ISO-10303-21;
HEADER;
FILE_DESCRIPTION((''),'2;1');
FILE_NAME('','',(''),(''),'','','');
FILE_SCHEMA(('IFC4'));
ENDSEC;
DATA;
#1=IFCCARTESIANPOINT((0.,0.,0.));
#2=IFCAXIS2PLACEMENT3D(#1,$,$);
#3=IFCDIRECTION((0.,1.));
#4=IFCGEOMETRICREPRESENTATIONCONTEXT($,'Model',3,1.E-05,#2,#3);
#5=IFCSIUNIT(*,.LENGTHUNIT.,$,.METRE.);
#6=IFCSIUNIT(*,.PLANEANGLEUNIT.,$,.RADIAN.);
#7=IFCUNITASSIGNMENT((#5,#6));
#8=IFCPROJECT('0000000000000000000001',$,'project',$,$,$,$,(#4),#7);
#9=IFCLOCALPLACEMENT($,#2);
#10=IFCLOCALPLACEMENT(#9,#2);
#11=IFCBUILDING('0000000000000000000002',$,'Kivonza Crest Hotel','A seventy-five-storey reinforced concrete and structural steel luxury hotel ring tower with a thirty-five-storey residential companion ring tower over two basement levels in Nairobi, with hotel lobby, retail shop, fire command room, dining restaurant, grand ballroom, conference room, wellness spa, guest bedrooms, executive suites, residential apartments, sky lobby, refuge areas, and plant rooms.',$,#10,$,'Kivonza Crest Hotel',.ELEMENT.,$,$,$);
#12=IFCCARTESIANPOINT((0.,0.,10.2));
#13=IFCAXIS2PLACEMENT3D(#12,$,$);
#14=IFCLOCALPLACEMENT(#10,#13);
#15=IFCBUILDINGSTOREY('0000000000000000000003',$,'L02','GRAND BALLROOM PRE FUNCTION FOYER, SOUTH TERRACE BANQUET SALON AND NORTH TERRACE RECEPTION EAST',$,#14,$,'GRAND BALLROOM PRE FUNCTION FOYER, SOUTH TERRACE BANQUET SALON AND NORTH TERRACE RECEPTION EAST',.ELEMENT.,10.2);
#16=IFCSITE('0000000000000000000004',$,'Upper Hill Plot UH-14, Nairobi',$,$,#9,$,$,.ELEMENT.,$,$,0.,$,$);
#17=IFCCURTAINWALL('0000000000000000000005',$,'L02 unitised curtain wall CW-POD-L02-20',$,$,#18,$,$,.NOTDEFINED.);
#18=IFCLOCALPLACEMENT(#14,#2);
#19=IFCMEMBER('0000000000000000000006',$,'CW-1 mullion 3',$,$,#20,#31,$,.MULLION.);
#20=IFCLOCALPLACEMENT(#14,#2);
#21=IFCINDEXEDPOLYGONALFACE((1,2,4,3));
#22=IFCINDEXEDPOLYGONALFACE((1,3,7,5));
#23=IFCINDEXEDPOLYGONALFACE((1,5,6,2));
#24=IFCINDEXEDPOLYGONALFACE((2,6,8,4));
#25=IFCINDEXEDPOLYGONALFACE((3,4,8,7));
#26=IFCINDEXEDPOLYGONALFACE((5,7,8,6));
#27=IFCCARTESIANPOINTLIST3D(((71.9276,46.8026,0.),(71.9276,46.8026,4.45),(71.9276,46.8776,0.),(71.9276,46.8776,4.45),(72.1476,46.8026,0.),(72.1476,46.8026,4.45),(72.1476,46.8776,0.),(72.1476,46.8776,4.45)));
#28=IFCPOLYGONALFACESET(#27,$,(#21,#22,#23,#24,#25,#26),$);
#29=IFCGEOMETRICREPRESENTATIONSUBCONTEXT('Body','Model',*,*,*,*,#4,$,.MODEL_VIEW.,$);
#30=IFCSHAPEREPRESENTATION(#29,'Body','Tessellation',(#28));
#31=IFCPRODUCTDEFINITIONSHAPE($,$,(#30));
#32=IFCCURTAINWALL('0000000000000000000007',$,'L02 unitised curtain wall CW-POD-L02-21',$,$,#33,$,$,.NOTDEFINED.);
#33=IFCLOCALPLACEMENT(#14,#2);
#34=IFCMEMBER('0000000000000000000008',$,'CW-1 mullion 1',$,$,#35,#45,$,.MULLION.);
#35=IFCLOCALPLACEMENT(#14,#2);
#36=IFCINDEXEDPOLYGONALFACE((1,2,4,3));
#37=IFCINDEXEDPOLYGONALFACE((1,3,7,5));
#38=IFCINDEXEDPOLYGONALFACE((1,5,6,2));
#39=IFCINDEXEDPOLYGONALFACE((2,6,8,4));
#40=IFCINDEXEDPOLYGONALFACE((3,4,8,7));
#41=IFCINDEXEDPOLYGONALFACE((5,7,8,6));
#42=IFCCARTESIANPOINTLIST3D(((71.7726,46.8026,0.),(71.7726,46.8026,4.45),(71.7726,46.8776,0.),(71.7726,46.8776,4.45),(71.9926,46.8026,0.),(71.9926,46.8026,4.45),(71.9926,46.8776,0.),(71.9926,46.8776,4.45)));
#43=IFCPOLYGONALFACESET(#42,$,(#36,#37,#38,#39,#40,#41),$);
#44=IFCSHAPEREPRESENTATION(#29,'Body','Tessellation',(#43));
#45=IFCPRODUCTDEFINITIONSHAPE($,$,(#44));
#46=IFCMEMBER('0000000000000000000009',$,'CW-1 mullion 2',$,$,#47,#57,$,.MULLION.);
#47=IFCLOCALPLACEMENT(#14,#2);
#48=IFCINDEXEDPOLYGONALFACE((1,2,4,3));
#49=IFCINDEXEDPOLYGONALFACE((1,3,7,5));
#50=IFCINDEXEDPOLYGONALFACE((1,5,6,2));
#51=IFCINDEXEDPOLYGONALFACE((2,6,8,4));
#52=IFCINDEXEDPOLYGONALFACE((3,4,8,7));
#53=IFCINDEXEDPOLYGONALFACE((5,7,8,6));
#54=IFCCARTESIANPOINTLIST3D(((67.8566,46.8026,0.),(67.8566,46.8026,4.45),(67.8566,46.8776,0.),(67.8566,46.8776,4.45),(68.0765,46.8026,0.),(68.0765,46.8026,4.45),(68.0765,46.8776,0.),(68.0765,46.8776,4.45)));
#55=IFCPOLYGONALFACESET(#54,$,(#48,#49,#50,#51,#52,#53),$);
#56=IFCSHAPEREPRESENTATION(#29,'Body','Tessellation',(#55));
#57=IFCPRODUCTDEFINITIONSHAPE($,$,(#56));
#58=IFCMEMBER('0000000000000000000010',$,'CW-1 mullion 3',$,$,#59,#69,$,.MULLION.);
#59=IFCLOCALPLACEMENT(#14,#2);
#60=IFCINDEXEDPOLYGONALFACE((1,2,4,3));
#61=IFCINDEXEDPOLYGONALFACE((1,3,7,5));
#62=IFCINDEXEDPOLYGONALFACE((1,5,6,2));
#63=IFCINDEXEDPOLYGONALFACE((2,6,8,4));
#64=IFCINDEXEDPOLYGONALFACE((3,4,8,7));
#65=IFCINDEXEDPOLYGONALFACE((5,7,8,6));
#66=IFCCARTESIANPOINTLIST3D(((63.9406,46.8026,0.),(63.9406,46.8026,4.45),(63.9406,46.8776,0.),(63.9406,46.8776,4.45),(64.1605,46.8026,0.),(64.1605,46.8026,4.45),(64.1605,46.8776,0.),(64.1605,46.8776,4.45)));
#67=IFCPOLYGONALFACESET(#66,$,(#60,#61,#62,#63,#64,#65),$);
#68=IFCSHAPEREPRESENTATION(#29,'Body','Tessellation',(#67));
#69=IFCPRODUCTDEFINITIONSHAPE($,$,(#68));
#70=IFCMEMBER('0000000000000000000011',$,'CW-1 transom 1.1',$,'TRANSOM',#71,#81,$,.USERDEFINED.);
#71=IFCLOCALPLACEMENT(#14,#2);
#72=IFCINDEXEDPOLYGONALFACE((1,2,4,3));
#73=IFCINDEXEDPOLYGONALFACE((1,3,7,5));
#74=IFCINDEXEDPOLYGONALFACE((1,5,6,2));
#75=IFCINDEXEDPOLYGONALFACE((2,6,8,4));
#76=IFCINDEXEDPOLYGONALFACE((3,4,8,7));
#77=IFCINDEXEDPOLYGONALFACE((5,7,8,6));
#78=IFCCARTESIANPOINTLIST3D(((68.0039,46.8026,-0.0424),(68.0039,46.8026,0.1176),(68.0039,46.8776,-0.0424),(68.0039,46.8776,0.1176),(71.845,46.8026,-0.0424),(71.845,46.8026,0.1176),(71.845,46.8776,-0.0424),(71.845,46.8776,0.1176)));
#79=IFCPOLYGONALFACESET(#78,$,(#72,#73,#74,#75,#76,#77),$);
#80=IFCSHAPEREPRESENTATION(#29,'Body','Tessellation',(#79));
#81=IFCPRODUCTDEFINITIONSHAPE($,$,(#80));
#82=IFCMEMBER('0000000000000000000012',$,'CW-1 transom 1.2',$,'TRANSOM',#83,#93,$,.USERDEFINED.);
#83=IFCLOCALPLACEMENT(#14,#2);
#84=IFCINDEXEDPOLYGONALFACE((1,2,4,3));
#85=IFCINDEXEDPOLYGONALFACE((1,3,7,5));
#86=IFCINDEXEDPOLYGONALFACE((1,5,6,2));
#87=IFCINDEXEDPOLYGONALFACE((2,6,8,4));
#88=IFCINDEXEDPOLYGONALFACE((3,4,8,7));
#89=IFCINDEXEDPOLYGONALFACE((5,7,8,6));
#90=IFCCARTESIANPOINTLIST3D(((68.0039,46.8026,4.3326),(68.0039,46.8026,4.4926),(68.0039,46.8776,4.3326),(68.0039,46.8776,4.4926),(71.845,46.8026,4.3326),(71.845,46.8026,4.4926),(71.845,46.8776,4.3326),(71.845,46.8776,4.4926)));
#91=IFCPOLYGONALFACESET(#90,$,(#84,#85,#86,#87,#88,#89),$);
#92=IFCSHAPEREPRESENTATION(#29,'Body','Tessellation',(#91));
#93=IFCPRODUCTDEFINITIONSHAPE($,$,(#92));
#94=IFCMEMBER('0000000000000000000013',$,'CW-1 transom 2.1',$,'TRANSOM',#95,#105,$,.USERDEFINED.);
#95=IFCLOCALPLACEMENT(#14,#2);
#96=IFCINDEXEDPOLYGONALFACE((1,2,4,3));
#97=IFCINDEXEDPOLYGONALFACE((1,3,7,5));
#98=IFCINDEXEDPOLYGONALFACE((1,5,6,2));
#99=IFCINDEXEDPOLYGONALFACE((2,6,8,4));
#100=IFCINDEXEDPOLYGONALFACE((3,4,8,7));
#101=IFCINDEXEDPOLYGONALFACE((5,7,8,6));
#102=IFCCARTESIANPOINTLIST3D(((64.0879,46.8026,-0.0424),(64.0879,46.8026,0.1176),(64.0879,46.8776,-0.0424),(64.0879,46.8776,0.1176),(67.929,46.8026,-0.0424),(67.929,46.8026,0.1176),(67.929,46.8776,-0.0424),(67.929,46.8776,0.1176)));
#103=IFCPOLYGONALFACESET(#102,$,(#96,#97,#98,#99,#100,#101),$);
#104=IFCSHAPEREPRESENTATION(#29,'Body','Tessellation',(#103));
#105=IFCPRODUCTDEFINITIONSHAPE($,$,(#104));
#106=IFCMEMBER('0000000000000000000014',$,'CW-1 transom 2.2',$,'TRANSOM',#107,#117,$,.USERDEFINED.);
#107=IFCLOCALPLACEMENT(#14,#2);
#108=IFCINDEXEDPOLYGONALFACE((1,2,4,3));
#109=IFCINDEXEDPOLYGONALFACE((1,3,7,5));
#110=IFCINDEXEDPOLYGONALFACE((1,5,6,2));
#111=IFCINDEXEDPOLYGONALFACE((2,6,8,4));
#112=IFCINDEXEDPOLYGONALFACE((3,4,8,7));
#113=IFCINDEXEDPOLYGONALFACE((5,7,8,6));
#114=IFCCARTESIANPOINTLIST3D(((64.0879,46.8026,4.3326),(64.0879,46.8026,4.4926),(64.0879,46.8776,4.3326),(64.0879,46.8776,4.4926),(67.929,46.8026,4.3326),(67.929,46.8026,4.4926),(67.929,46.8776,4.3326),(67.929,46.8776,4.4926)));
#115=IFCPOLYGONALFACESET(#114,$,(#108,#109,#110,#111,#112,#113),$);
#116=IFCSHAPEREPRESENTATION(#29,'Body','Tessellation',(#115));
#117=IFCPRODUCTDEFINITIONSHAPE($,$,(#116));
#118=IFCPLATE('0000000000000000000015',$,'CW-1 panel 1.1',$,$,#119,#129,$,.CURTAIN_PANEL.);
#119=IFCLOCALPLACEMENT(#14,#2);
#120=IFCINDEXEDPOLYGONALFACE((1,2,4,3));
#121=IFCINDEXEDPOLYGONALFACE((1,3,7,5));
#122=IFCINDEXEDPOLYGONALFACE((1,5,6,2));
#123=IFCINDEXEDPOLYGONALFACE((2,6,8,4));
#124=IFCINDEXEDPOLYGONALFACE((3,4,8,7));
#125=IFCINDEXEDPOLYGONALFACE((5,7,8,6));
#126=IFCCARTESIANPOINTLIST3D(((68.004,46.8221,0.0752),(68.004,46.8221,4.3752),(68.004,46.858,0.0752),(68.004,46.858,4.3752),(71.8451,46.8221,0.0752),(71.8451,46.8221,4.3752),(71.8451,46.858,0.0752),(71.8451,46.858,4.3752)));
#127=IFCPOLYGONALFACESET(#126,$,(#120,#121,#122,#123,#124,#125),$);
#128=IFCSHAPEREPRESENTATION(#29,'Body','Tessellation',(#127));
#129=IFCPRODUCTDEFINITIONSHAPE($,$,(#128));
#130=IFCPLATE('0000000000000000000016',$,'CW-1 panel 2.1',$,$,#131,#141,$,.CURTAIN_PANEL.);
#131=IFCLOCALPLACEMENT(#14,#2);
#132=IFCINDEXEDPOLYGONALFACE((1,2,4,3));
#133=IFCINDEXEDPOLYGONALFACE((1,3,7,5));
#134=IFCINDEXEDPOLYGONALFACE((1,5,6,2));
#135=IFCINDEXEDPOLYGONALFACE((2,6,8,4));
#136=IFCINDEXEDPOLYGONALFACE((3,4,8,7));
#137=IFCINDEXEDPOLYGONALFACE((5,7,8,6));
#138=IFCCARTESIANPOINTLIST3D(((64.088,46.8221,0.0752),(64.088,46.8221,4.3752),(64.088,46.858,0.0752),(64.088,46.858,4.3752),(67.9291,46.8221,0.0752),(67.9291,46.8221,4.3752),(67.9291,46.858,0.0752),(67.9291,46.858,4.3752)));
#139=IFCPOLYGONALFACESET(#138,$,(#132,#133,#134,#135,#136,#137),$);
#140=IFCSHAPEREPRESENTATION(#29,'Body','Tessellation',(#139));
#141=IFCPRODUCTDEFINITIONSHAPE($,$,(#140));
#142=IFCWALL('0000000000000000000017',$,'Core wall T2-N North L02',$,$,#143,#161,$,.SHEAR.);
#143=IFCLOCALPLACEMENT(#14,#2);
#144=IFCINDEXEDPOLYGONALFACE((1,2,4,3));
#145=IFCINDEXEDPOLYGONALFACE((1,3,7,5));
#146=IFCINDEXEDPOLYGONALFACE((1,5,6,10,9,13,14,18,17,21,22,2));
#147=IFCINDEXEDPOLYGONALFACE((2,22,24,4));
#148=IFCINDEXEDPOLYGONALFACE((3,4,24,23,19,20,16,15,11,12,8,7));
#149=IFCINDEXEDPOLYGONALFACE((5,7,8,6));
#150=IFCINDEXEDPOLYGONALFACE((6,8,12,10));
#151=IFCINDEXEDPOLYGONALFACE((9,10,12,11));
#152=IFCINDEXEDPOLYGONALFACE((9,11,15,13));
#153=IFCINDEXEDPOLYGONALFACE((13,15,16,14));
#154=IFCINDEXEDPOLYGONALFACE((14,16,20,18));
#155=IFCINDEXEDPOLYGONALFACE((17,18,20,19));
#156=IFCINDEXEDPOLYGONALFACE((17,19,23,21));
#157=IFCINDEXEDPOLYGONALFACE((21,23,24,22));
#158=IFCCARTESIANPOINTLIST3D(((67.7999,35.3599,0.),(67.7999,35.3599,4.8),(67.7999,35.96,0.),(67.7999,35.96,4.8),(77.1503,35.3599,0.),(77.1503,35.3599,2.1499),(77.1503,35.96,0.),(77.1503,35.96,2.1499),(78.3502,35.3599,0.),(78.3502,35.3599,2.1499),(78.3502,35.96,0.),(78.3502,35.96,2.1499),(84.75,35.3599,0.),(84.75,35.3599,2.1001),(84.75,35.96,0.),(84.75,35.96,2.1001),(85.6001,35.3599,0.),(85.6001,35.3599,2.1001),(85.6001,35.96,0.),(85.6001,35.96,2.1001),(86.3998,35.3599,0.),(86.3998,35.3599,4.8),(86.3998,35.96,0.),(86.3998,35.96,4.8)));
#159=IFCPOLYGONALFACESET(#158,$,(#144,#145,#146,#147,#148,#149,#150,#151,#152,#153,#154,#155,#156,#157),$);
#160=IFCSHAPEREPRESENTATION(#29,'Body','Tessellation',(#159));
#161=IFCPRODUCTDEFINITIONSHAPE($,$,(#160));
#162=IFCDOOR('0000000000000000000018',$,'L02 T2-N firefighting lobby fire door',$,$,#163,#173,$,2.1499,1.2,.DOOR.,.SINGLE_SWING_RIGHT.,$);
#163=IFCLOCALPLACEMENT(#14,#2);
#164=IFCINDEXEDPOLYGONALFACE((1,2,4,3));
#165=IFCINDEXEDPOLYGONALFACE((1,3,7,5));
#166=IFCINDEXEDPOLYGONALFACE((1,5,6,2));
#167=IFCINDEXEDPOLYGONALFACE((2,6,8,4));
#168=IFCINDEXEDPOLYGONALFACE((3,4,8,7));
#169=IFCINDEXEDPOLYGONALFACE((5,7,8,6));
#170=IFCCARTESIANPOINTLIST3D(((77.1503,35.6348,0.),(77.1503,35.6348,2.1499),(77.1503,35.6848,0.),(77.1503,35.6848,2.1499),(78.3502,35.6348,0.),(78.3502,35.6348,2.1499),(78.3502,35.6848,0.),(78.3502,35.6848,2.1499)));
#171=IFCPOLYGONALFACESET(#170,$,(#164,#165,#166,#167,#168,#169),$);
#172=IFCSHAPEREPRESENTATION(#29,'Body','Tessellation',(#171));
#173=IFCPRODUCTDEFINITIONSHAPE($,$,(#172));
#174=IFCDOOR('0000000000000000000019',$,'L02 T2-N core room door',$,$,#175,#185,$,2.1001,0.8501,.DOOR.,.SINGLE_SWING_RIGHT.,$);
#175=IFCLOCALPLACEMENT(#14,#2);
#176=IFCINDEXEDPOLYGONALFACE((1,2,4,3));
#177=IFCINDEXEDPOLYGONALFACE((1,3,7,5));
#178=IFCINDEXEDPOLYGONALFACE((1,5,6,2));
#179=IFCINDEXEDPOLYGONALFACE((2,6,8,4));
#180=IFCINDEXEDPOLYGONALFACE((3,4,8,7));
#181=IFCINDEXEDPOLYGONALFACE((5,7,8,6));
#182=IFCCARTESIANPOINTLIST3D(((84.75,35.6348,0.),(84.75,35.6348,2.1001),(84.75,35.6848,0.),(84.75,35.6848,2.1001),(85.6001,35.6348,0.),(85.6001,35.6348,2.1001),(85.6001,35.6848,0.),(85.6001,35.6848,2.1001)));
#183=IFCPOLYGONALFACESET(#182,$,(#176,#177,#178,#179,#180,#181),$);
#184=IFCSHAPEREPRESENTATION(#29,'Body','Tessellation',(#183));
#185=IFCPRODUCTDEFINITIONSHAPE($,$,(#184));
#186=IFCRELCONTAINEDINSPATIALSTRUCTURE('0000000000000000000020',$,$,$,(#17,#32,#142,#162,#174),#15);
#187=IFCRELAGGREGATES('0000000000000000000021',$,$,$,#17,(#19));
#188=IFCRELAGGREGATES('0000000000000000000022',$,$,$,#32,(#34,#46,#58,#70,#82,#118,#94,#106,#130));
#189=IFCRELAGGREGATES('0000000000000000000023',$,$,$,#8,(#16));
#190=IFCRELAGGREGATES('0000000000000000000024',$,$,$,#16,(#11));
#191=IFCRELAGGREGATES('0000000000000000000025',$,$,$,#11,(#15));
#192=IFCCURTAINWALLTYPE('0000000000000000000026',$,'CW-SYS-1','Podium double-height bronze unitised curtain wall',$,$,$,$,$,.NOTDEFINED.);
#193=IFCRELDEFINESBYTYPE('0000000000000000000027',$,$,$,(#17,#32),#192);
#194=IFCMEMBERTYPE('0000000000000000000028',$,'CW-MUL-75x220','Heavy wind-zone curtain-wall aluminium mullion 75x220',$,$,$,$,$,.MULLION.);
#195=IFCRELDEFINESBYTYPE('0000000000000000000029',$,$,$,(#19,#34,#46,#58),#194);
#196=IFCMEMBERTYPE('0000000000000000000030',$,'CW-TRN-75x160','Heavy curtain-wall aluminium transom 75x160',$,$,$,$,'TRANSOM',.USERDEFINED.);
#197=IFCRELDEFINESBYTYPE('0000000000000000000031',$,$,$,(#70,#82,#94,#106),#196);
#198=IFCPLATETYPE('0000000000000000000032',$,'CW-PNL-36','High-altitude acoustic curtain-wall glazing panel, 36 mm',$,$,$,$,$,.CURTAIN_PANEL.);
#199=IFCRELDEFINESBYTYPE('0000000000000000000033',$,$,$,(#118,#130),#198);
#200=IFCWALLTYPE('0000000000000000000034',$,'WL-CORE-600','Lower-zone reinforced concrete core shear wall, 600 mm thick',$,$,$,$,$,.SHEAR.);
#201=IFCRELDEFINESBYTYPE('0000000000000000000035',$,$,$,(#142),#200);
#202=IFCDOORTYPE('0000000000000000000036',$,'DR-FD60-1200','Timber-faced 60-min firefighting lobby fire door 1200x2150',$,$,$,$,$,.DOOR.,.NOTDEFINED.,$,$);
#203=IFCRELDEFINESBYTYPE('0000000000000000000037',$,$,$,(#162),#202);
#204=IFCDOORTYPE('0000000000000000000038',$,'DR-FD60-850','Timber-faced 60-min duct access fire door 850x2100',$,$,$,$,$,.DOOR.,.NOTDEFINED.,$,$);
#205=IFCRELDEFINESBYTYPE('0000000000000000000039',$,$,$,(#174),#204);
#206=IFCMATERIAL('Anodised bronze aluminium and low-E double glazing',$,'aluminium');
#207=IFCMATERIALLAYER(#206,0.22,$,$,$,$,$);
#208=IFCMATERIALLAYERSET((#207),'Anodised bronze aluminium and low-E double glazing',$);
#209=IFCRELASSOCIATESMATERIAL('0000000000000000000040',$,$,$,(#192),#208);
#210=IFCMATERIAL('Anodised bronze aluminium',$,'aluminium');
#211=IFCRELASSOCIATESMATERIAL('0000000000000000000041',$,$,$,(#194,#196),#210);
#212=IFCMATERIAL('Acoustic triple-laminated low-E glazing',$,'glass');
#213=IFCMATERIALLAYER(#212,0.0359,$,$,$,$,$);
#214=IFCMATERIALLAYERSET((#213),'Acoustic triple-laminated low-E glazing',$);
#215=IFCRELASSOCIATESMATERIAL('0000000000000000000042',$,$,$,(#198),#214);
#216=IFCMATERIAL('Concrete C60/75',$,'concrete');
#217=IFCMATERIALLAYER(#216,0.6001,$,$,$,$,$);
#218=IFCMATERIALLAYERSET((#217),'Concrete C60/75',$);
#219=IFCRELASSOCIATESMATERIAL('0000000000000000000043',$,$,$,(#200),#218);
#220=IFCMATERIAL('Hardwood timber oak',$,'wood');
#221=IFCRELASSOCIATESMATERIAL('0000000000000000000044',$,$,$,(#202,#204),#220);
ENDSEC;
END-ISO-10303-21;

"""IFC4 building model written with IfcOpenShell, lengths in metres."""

from ifc_helpers import new_model, si_unit, direction, frame, frame_2d, origin, origin_2d, place, context, subcontext, project, spatial, rectangle, extrude, material, layer, layer_set, material_profile, profile_set, type_object, element, fill, aggregate, save


model = new_model("IFC4")

# Units and contexts
model_context = context("Model", 3, precision=1e-05, world=origin(), true_north=direction((0.0, 1.0)))
body_context = subcontext(model_context, "Body", "Model", "MODEL_VIEW")
ifc_project = project(units=[si_unit("LENGTHUNIT", "METRE"), si_unit("PLANEANGLEUNIT", "RADIAN")], contexts=[model_context])

# Site, building, storey
site_placement = place(None, origin())
site = spatial("IfcSite", under=ifc_project, at=site_placement, Name="Upper Hill Plot UH-14, Nairobi", CompositionType="ELEMENT", RefElevation=0.0)
building_placement = place(site_placement, origin())
building = spatial("IfcBuilding", under=site, at=building_placement, Name="Kivonza Crest Hotel", Description="A seventy-five-storey reinforced concrete and structural steel luxury hotel ring tower with a thirty-five-storey residential companion ring tower over two basement levels in Nairobi, with hotel lobby, retail shop, fire command room, dining restaurant, grand ballroom, conference room, wellness spa, guest bedrooms, executive suites, residential apartments, sky lobby, refuge areas, and plant rooms.", LongName="Kivonza Crest Hotel", CompositionType="ELEMENT")
storey_placement = place(building_placement, frame((0.0, 0.0, 10.2)))
storey = spatial("IfcBuildingStorey", under=building, at=storey_placement, Name="L02", Description="GRAND BALLROOM PRE FUNCTION FOYER, SOUTH TERRACE BANQUET SALON AND NORTH TERRACE RECEPTION EAST", LongName="GRAND BALLROOM PRE FUNCTION FOYER, SOUTH TERRACE BANQUET SALON AND NORTH TERRACE RECEPTION EAST", CompositionType="ELEMENT", Elevation=10.2)

# Shared definitions
ifc_material_1 = material(Name="Concrete C60/75", Category="concrete")

# Curtain wall, member
ifc_material_2 = material(Name="Anodised bronze aluminium and low-E double glazing", Category="aluminium")
ifc_layer_1 = layer(ifc_material_2, 0.22)
ifc_layer_set_1 = layer_set([ifc_layer_1], Name="Anodised bronze aluminium and low-E double glazing")
curtain_wall_type = type_object("IfcCurtainWallType", Name="CW-SYS-1", Description="Podium double-height bronze unitised curtain wall", PredefinedType="NOTDEFINED", material=ifc_layer_set_1)
curtain_wall_1_placement = place(storey_placement, origin())
curtain_wall_1 = element("IfcCurtainWall", 1, at=curtain_wall_1_placement, inside=storey, type_object=curtain_wall_type, Name="L02 unitised curtain wall CW-POD-L02-20", PredefinedType="NOTDEFINED")
ifc_material_3 = material(Name="Anodised bronze aluminium", Category="aluminium")
ifc_material_profile_1 = material_profile(ifc_material_3, rectangle(XDim=0.075, YDim=0.22, at=origin_2d()), Name="CW-M 75x220")
ifc_profile_set_1 = profile_set([ifc_material_profile_1], Name="Anodised bronze aluminium")
member_type_1 = type_object("IfcMemberType", Name="CW-MUL-75x220", Description="Heavy wind-zone curtain-wall aluminium mullion 75x220", PredefinedType="MULLION", material=ifc_profile_set_1)
member_1_placement = place(storey_placement, frame((72.0376, 46.8401, 0.0), z_axis=(0.0, 0.0, 1.0), x_axis=(0.0, -1.0, 0.0)))
member_1 = element("IfcMember", 2, at=member_1_placement, type_object=member_type_1, Name="CW-1 mullion 3", PredefinedType="MULLION", context=body_context, shape_type="SweptSolid", body=[
    extrude(rectangle(XDim=0.075, YDim=0.22, at=origin_2d()), origin(), (0.0, 0.0, 1.0), 4.45),
])
aggregate(curtain_wall_1, [member_1])

# Curtain wall, members, plates
curtain_wall_2_placement = place(storey_placement, origin())
curtain_wall_2 = element("IfcCurtainWall", 3, at=curtain_wall_2_placement, inside=storey, type_object=curtain_wall_type, Name="L02 unitised curtain wall CW-POD-L02-21", PredefinedType="NOTDEFINED")
member_2_placement = place(storey_placement, frame((71.8826, 46.8401, 0.0), z_axis=(0.0, 0.0, 1.0), x_axis=(0.0, -1.0, 0.0)))
member_2 = element("IfcMember", 4, at=member_2_placement, type_object=member_type_1, Name="CW-1 mullion 1", PredefinedType="MULLION", context=body_context, shape_type="SweptSolid", body=[
    extrude(rectangle(XDim=0.075, YDim=0.22, at=origin_2d()), origin(), (0.0, 0.0, 1.0), 4.45),
])
member_3_placement = place(storey_placement, frame((67.9666, 46.8401, 0.0), z_axis=(0.0, 0.0, 1.0), x_axis=(0.0, -1.0, 0.0)))
member_3 = element("IfcMember", 5, at=member_3_placement, type_object=member_type_1, Name="CW-1 mullion 2", PredefinedType="MULLION", context=body_context, shape_type="SweptSolid", body=[
    extrude(rectangle(XDim=0.075, YDim=0.22, at=origin_2d()), origin(), (0.0, 0.0, 1.0), 4.45),
])
member_4_placement = place(storey_placement, frame((64.0505, 46.8401, 0.0), z_axis=(0.0, 0.0, 1.0), x_axis=(0.0, -1.0, 0.0)))
member_4 = element("IfcMember", 6, at=member_4_placement, type_object=member_type_1, Name="CW-1 mullion 3", PredefinedType="MULLION", context=body_context, shape_type="SweptSolid", body=[
    extrude(rectangle(XDim=0.075, YDim=0.22, at=origin_2d()), origin(), (0.0, 0.0, 1.0), 4.45),
])
ifc_material_profile_2 = material_profile(ifc_material_3, rectangle(XDim=0.075, YDim=0.1599, at=origin_2d()), Name="CW-T 75x160")
ifc_profile_set_2 = profile_set([ifc_material_profile_2], Name="Anodised bronze aluminium")
member_type_2 = type_object("IfcMemberType", Name="CW-TRN-75x160", Description="Heavy curtain-wall aluminium transom 75x160", ElementType="TRANSOM", PredefinedType="USERDEFINED", material=ifc_profile_set_2)
member_5_placement = place(storey_placement, frame((71.845, 46.8401, 0.0376), z_axis=(-1.0, 0.0, 0.0), x_axis=(0.0, -1.0, 0.0)))
member_5 = element("IfcMember", 7, at=member_5_placement, type_object=member_type_2, Name="CW-1 transom 1.1", ObjectType="TRANSOM", PredefinedType="USERDEFINED", context=body_context, shape_type="SweptSolid", body=[
    extrude(rectangle(XDim=0.075, YDim=0.1599, at=origin_2d()), origin(), (0.0, 0.0, 1.0), 3.8411),
])
member_6_placement = place(storey_placement, frame((71.845, 46.8401, 4.4126), z_axis=(-1.0, 0.0, 0.0), x_axis=(0.0, -1.0, 0.0)))
member_6 = element("IfcMember", 8, at=member_6_placement, type_object=member_type_2, Name="CW-1 transom 1.2", ObjectType="TRANSOM", PredefinedType="USERDEFINED", context=body_context, shape_type="SweptSolid", body=[
    extrude(rectangle(XDim=0.075, YDim=0.1599, at=origin_2d()), origin(), (0.0, 0.0, 1.0), 3.8411),
])
member_7_placement = place(storey_placement, frame((67.929, 46.8401, 0.0376), z_axis=(-1.0, 0.0, 0.0), x_axis=(0.0, -1.0, 0.0)))
member_7 = element("IfcMember", 9, at=member_7_placement, type_object=member_type_2, Name="CW-1 transom 2.1", ObjectType="TRANSOM", PredefinedType="USERDEFINED", context=body_context, shape_type="SweptSolid", body=[
    extrude(rectangle(XDim=0.075, YDim=0.1599, at=origin_2d()), origin(), (0.0, 0.0, 1.0), 3.8411),
])
member_8_placement = place(storey_placement, frame((67.929, 46.8401, 4.4126), z_axis=(-1.0, 0.0, 0.0), x_axis=(0.0, -1.0, 0.0)))
member_8 = element("IfcMember", 10, at=member_8_placement, type_object=member_type_2, Name="CW-1 transom 2.2", ObjectType="TRANSOM", PredefinedType="USERDEFINED", context=body_context, shape_type="SweptSolid", body=[
    extrude(rectangle(XDim=0.075, YDim=0.1599, at=origin_2d()), origin(), (0.0, 0.0, 1.0), 3.8411),
])
ifc_material_4 = material(Name="Acoustic triple-laminated low-E glazing", Category="glass")
ifc_layer_2 = layer(ifc_material_4, 0.0359)
ifc_layer_set_2 = layer_set([ifc_layer_2], Name="Acoustic triple-laminated low-E glazing")
plate_type = type_object("IfcPlateType", Name="CW-PNL-36", Description="High-altitude acoustic curtain-wall glazing panel, 36 mm", PredefinedType="CURTAIN_PANEL", material=ifc_layer_set_2)
plate_1_placement = place(storey_placement, frame((69.9246, 46.8401, 0.0752), z_axis=(0.0, 0.0, 1.0), x_axis=(-1.0, 0.0, 0.0)))
plate_1 = element("IfcPlate", 11, at=plate_1_placement, type_object=plate_type, Name="CW-1 panel 1.1", PredefinedType="CURTAIN_PANEL", context=body_context, shape_type="SweptSolid", body=[
    extrude(rectangle(XDim=3.8411, YDim=0.0359, at=origin_2d()), origin(), (0.0, 0.0, 1.0), 4.3),
])
plate_2_placement = place(storey_placement, frame((66.0085, 46.8401, 0.0752), z_axis=(0.0, 0.0, 1.0), x_axis=(-1.0, 0.0, 0.0)))
plate_2 = element("IfcPlate", 12, at=plate_2_placement, type_object=plate_type, Name="CW-1 panel 2.1", PredefinedType="CURTAIN_PANEL", context=body_context, shape_type="SweptSolid", body=[
    extrude(rectangle(XDim=3.8411, YDim=0.0359, at=origin_2d()), origin(), (0.0, 0.0, 1.0), 4.3),
])
aggregate(curtain_wall_2, [member_2, member_3, member_4, member_5, member_6, plate_1, member_7, member_8, plate_2])

# Wall, openings, doors
ifc_layer_3 = layer(ifc_material_1, 0.6001)
ifc_layer_set_3 = layer_set([ifc_layer_3], Name="Concrete C60/75")
wall_type_1 = type_object("IfcWallType", Name="WL-CORE-600", Description="Lower-zone reinforced concrete core shear wall, 600 mm thick", PredefinedType="SHEAR", material=ifc_layer_set_3)
wall_1_placement = place(storey_placement, frame((67.8, 35.6599, 0.0), z_axis=(0.0, 0.0, 1.0), x_axis=(1.0, 0.0, 0.0)))
wall_1 = element("IfcWall", 13, at=wall_1_placement, inside=storey, type_object=wall_type_1, Name="Core wall T2-N North L02", PredefinedType="SHEAR", context=body_context, shape_type="SweptSolid", body=[
    extrude(rectangle(XDim=18.5999, YDim=0.6001, at=frame_2d((9.2998, 0.0))), origin(), (0.0, 0.0, 1.0), 4.8),
])
opening_1_placement = place(wall_1_placement, frame((9.3501, 0.0, 0.0)))
opening_1 = element("IfcOpeningElement", 14, at=opening_1_placement, cuts=wall_1, PredefinedType="OPENING", context=body_context, shape_type="SweptSolid", body=[
    extrude(rectangle(XDim=1.2, YDim=2.1499, at=frame_2d((0.6001, 1.075))), frame((0.0, 0.3101, 0.0), z_axis=(0.0, -1.0, 0.0), x_axis=(1.0, 0.0, 0.0)), (0.0, 0.0, 1.0), 0.6201),
])
opening_2_placement = place(wall_1_placement, frame((16.95, 0.0, 0.0)))
opening_2 = element("IfcOpeningElement", 15, at=opening_2_placement, cuts=wall_1, PredefinedType="OPENING", context=body_context, shape_type="SweptSolid", body=[
    extrude(rectangle(XDim=0.8501, YDim=2.1001, at=frame_2d((0.425, 1.05))), frame((0.0, 0.3101, 0.0), z_axis=(0.0, -1.0, 0.0), x_axis=(1.0, 0.0, 0.0)), (0.0, 0.0, 1.0), 0.6201),
])
ifc_material_5 = material(Name="Hardwood timber oak", Category="wood")
door_type_1 = type_object("IfcDoorType", Name="DR-FD60-1200", Description="Timber-faced 60-min firefighting lobby fire door 1200x2150", OperationType="NOTDEFINED", PredefinedType="DOOR", material=ifc_material_5)
door_1_placement = place(opening_1_placement, origin())
door_1 = element("IfcDoor", 16, at=door_1_placement, inside=storey, type_object=door_type_1, Name="L02 T2-N firefighting lobby fire door", OperationType="SINGLE_SWING_RIGHT", OverallHeight=2.1499, OverallWidth=1.2, PredefinedType="DOOR", context=body_context, shape_type="SweptSolid", body=[
    extrude(rectangle(XDim=1.2, YDim=2.1499, at=frame_2d((0.6001, 1.075))), frame((0.0, 0.0249, 0.0), z_axis=(0.0, -1.0, 0.0), x_axis=(1.0, 0.0, 0.0)), (0.0, 0.0, 1.0), 0.05),
])
fill(opening_1, door_1)
door_type_2 = type_object("IfcDoorType", Name="DR-FD60-850", Description="Timber-faced 60-min duct access fire door 850x2100", OperationType="NOTDEFINED", PredefinedType="DOOR", material=ifc_material_5)
door_2_placement = place(opening_2_placement, origin())
door_2 = element("IfcDoor", 17, at=door_2_placement, inside=storey, type_object=door_type_2, Name="L02 T2-N core room door", OperationType="SINGLE_SWING_RIGHT", OverallHeight=2.1001, OverallWidth=0.8501, PredefinedType="DOOR", context=body_context, shape_type="SweptSolid", body=[
    extrude(rectangle(XDim=0.8501, YDim=2.1001, at=frame_2d((0.425, 1.05))), frame((0.0, 0.0249, 0.0), z_axis=(0.0, -1.0, 0.0), x_axis=(1.0, 0.0, 0.0)), (0.0, 0.0, 1.0), 0.05),
])
fill(opening_2, door_2)

save(model, "model.ifc")
